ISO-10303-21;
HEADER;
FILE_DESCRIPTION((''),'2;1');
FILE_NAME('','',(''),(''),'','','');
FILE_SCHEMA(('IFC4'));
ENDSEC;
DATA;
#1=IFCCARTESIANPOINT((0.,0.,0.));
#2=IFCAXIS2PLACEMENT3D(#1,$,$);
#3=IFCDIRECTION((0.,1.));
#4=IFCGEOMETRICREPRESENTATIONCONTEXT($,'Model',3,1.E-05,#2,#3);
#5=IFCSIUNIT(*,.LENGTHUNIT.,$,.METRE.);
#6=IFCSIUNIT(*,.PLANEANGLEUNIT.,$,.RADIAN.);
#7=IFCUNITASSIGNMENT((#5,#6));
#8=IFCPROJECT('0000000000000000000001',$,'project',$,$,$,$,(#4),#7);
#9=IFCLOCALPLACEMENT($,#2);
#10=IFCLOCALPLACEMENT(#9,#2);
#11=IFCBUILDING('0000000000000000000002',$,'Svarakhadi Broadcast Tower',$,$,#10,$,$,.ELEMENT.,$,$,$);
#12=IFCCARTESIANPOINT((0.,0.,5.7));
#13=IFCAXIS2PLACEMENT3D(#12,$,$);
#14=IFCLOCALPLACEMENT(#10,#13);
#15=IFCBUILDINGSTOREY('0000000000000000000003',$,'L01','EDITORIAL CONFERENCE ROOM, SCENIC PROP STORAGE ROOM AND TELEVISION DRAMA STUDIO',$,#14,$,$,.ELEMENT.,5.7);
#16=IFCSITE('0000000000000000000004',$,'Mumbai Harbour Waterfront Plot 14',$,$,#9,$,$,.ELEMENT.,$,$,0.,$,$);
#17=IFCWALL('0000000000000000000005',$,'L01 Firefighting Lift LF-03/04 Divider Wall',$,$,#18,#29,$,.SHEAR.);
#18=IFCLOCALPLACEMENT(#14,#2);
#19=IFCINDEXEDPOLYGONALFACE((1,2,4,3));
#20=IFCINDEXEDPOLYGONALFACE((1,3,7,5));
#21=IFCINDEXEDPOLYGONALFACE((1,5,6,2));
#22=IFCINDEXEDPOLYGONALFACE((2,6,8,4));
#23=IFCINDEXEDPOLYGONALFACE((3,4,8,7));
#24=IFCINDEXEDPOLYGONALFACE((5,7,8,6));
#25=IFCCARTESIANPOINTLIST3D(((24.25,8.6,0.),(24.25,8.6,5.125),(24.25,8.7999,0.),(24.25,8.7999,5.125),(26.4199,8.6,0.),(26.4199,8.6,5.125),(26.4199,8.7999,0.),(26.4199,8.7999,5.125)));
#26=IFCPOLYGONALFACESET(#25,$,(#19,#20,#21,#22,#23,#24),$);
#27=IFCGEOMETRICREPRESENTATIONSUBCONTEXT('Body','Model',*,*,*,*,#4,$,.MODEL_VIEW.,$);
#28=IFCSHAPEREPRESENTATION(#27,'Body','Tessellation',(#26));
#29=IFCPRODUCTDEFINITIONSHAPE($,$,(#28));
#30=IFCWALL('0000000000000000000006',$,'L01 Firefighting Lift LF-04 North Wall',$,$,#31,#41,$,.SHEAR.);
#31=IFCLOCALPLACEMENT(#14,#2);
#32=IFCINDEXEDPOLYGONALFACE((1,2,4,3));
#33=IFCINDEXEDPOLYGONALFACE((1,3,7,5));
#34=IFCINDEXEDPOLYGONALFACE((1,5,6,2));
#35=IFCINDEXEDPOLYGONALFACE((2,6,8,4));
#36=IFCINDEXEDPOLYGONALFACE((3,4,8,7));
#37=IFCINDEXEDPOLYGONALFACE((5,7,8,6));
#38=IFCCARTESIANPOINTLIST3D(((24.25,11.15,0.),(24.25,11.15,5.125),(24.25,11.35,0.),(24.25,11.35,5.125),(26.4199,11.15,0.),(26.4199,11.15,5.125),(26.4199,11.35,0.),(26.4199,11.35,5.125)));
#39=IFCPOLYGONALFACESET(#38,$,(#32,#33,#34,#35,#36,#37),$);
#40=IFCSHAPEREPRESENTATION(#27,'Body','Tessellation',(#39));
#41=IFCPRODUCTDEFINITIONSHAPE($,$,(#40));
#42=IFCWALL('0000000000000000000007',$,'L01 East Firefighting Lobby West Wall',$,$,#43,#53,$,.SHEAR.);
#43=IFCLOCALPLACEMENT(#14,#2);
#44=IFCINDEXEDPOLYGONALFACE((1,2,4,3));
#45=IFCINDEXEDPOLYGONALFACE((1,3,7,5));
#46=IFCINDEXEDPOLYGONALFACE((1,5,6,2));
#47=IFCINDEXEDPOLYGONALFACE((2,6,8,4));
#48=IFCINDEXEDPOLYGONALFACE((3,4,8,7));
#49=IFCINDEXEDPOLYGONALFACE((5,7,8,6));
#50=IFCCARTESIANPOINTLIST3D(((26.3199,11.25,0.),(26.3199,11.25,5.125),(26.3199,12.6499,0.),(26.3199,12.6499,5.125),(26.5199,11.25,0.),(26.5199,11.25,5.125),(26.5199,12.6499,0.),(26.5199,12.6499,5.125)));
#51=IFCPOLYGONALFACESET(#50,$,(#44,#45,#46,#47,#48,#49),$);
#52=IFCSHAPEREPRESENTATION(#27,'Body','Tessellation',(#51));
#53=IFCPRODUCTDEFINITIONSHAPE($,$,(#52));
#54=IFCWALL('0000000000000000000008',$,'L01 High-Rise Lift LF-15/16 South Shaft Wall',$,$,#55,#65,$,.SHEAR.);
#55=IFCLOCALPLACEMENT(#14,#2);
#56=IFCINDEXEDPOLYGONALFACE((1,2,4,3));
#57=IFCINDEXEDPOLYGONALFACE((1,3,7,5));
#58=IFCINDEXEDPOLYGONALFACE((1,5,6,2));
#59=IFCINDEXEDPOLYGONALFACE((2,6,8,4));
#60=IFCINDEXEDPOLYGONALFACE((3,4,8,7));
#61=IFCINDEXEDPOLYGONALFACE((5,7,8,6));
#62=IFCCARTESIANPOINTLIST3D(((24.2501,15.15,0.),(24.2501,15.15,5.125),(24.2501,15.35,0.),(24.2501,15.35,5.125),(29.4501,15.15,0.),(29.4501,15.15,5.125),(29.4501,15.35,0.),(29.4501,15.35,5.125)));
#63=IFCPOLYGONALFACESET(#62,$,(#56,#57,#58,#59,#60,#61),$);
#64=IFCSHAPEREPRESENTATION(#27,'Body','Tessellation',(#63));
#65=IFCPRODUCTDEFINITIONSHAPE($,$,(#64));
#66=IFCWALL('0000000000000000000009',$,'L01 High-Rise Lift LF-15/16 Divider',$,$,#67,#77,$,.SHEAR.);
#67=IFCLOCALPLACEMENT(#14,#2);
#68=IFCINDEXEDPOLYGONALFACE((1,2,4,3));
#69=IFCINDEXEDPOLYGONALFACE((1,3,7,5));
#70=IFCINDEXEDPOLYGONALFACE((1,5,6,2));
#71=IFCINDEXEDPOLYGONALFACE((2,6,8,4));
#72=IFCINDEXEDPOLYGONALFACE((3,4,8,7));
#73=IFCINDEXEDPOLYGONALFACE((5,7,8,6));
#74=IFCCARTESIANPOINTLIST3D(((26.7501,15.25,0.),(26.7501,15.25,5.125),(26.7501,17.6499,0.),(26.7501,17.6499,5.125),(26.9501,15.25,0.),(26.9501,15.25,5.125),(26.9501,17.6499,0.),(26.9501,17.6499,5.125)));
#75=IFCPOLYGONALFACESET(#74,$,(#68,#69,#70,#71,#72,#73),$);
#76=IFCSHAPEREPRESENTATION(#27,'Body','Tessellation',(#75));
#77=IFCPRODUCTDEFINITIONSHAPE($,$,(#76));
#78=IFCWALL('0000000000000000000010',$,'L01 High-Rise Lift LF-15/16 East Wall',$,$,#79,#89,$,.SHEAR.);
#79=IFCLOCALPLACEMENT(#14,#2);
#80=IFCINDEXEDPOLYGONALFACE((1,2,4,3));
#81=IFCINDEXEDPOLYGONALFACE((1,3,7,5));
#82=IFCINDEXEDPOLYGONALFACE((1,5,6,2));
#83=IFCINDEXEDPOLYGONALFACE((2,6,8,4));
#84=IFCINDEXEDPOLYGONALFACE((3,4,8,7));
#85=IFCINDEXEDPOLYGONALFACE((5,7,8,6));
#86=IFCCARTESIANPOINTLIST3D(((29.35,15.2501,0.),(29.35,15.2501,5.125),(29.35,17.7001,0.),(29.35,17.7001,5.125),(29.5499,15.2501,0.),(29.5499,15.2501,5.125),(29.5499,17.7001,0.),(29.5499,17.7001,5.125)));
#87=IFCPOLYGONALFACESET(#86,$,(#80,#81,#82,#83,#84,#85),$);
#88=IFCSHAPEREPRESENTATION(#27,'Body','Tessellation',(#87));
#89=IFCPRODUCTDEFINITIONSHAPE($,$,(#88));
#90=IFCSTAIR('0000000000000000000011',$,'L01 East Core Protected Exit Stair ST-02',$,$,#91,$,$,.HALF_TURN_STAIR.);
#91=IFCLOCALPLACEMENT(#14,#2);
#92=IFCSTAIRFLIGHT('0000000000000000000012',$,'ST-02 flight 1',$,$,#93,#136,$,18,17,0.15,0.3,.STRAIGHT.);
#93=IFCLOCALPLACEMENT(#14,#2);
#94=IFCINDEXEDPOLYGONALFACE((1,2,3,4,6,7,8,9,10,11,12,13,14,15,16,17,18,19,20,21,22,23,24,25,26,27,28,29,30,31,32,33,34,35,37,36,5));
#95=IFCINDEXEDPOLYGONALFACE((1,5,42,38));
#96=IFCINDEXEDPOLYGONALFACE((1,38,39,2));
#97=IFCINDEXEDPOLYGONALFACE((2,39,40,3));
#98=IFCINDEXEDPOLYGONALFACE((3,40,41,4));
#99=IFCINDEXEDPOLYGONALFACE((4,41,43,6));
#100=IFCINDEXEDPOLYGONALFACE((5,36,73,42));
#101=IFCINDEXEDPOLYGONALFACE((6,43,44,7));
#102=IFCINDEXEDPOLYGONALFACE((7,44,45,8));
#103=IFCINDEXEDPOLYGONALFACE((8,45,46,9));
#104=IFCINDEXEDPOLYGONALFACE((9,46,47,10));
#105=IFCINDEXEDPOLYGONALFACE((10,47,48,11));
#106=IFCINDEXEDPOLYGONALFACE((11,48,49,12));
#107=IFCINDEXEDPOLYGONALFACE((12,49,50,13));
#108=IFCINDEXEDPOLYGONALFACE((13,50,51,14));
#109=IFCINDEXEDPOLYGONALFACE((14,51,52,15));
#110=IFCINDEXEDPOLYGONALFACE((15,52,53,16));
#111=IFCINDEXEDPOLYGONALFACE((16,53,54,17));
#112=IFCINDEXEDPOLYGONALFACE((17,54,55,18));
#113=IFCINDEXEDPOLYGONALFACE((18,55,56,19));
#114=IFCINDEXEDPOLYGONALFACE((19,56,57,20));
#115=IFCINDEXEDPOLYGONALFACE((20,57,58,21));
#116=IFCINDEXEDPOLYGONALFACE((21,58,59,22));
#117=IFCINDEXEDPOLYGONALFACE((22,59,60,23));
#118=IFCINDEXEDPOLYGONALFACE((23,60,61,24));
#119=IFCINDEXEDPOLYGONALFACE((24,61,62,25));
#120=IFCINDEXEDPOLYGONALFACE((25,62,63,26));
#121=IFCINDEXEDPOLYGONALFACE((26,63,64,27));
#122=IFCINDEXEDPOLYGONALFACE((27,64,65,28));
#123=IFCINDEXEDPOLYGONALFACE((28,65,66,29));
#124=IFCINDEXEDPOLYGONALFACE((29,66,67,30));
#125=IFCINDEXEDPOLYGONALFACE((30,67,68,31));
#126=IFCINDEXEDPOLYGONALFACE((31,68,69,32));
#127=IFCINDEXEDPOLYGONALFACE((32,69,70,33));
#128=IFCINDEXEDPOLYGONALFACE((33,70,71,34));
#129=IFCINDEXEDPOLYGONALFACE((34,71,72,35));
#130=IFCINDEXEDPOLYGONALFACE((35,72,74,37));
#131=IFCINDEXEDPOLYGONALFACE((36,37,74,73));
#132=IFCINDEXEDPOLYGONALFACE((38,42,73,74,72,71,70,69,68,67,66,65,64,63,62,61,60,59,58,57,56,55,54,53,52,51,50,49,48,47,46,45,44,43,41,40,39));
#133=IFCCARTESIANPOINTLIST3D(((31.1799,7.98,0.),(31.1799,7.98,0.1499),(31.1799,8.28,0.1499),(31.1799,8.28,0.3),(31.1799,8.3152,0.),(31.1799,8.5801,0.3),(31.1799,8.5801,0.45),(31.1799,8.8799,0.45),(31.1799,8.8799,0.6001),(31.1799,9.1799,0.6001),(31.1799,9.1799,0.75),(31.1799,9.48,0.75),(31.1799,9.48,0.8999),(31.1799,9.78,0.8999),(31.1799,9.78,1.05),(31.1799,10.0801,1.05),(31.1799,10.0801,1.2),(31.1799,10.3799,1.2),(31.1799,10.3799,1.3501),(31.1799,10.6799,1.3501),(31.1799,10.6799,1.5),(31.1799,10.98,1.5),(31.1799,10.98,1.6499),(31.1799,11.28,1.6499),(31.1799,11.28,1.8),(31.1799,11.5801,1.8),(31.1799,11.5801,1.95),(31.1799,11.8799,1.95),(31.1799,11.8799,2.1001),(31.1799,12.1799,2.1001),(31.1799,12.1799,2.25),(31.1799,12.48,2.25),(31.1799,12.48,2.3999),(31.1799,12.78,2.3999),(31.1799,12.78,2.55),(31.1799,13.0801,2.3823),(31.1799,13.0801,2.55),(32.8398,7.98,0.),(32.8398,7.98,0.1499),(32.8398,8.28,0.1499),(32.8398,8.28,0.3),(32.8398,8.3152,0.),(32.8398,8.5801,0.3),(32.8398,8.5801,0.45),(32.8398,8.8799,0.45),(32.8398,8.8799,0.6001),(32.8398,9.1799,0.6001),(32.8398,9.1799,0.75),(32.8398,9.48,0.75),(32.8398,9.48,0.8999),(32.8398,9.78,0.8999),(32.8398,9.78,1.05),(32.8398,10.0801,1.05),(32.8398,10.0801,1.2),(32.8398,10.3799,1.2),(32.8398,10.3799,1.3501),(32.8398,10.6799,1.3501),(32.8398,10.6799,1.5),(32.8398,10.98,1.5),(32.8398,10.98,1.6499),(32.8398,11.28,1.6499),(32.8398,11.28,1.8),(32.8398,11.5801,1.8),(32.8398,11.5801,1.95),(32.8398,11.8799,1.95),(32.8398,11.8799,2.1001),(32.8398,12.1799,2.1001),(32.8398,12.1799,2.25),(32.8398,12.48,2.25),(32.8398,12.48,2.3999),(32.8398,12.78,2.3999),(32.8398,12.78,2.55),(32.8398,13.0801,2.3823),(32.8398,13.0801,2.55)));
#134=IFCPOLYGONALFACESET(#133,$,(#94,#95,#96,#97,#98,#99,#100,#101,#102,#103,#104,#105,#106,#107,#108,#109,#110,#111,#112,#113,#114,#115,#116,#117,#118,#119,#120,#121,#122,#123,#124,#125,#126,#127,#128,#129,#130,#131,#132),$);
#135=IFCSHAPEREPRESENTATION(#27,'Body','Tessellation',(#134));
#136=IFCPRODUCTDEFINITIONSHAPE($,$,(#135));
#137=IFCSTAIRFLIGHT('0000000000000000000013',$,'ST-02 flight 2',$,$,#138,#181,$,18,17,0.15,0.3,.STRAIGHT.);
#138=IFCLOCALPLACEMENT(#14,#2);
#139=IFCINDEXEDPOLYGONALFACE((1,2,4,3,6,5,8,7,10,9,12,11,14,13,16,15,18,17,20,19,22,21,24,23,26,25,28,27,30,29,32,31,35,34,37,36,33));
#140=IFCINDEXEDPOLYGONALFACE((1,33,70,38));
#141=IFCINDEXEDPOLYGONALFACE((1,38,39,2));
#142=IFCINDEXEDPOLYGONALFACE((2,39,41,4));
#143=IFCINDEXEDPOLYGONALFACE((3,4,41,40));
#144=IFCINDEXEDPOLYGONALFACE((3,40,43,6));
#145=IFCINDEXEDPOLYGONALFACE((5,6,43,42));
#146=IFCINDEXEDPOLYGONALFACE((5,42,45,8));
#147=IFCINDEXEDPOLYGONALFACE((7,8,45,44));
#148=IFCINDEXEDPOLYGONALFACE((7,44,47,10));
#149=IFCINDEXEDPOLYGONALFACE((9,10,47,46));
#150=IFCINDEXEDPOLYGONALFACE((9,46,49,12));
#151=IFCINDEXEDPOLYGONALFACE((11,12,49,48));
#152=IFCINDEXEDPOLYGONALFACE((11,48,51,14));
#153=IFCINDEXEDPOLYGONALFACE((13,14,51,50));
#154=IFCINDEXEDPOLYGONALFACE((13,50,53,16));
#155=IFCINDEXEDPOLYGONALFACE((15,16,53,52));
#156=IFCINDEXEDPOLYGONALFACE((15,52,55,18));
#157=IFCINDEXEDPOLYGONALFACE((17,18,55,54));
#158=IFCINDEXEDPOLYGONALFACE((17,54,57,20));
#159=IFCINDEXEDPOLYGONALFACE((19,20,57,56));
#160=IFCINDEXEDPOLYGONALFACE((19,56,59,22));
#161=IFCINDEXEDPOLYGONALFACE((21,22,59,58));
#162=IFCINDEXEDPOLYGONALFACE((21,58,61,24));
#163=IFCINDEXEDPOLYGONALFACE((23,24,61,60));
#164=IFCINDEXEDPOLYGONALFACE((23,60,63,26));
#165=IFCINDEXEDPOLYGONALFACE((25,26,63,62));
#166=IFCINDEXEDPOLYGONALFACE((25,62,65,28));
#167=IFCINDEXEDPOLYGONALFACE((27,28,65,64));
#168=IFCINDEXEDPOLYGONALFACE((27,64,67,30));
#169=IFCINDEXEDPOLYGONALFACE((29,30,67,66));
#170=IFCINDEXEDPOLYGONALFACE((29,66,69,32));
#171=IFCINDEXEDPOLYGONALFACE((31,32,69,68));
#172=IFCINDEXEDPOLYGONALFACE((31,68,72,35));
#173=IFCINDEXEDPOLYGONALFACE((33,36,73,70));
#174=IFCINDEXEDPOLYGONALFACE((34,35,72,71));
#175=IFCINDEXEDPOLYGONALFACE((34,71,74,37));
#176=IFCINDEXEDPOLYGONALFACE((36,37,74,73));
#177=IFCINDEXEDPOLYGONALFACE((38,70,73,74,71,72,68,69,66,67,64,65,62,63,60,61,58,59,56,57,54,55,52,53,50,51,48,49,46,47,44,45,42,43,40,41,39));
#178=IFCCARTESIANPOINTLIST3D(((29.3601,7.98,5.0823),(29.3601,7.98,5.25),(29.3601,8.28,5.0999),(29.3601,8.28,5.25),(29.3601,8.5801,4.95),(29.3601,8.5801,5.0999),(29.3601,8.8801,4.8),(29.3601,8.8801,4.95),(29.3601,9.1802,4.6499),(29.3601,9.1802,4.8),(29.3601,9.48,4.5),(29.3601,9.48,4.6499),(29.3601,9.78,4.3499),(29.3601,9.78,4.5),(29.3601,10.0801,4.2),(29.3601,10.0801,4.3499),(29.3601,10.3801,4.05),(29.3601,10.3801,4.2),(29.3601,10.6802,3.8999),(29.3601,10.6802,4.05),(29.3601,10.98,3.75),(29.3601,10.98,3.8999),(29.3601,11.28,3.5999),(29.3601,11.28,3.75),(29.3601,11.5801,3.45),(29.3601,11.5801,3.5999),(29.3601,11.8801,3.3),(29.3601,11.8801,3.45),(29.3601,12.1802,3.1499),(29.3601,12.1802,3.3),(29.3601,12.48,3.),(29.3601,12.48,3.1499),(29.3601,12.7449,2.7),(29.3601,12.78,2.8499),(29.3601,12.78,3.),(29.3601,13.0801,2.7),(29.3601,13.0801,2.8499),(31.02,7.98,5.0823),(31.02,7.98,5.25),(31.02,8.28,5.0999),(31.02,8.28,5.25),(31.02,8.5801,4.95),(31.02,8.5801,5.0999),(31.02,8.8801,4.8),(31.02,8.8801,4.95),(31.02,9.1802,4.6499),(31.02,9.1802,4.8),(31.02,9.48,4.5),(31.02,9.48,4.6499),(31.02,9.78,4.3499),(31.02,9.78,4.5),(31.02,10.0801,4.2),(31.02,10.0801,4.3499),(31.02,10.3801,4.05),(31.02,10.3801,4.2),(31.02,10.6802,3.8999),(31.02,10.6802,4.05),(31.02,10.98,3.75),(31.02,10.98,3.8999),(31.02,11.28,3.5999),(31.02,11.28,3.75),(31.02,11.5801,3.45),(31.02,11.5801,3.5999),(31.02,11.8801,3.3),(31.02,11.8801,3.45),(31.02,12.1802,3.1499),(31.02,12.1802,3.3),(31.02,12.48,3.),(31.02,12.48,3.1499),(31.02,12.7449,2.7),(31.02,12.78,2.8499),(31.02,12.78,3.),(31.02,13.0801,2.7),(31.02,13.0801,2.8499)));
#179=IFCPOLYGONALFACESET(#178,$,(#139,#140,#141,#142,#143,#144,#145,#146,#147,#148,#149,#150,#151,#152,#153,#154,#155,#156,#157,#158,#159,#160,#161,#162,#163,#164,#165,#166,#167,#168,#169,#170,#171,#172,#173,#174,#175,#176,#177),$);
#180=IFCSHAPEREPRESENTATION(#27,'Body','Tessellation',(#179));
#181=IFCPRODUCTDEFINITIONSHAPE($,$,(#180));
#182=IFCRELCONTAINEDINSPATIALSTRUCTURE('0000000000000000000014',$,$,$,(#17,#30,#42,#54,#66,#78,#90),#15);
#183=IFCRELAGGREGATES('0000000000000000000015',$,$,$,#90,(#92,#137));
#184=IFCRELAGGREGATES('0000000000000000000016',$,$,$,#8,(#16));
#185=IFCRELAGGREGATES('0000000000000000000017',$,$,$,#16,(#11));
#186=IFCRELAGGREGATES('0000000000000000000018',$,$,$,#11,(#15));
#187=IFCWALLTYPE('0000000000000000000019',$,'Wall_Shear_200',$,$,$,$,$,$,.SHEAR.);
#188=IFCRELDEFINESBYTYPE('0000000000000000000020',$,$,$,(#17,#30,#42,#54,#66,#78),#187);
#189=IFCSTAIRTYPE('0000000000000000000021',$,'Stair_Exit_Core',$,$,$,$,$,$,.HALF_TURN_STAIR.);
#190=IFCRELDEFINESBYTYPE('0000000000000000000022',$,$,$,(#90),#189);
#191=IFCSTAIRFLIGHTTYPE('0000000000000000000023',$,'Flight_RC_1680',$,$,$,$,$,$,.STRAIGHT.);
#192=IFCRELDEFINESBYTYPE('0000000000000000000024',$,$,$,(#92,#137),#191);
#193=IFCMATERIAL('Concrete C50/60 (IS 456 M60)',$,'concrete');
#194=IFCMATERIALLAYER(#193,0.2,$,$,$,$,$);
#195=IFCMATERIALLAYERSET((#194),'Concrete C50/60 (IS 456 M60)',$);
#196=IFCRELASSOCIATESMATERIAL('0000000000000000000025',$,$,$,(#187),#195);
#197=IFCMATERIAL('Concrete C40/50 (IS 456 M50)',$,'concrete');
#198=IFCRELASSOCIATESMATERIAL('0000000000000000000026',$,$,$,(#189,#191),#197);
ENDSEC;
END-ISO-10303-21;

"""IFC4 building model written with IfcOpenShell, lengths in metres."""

from ifc_helpers import new_model, si_unit, direction, frame, frame_2d, origin, place, context, subcontext, project, spatial, polyline, rectangle, outline, extrude, material, layer, layer_set, type_object, element, aggregate, save


model = new_model("IFC4")

# Units and contexts
model_context = context("Model", 3, precision=1e-05, world=origin(), true_north=direction((0.0, 1.0)))
body_context = subcontext(model_context, "Body", "Model", "MODEL_VIEW")
ifc_project = project(units=[si_unit("LENGTHUNIT", "METRE"), si_unit("PLANEANGLEUNIT", "RADIAN")], contexts=[model_context])

# Site, building, storey
site_placement = place(None, origin())
site = spatial("IfcSite", under=ifc_project, at=site_placement, Name="Mumbai Harbour Waterfront Plot 14", CompositionType="ELEMENT", RefElevation=0.0)
building_placement = place(site_placement, origin())
building = spatial("IfcBuilding", under=site, at=building_placement, Name="Svarakhadi Broadcast Tower", CompositionType="ELEMENT")
storey_placement = place(building_placement, frame((0.0, 0.0, 5.7)))
storey = spatial("IfcBuildingStorey", under=building, at=storey_placement, Name="L01", Description="EDITORIAL CONFERENCE ROOM, SCENIC PROP STORAGE ROOM AND TELEVISION DRAMA STUDIO", CompositionType="ELEMENT", Elevation=5.7)

# Shared definitions
ifc_material_1 = material(Name="Concrete C50/60 (IS 456 M60)", Category="concrete")

# Shared definitions
ifc_material_2 = material(Name="Concrete C40/50 (IS 456 M50)", Category="concrete")

# Walls
ifc_layer_1 = layer(ifc_material_1, 0.2)
ifc_layer_set_1 = layer_set([ifc_layer_1], Name="Concrete C50/60 (IS 456 M60)")
wall_type_1 = type_object("IfcWallType", Name="Wall_Shear_200", PredefinedType="SHEAR", material=ifc_layer_set_1)
for number, where, z_axis, x_axis, name in (
    (1, (24.25, 8.7, 0.0), (0.0, 0.0, 1.0), (1.0, 0.0, 0.0), "L01 Firefighting Lift LF-03/04 Divider Wall"),
    (2, (24.25, 11.25, 0.0), (0.0, 0.0, 1.0), (1.0, 0.0, 0.0), "L01 Firefighting Lift LF-04 North Wall"),
):
    element("IfcWall", number, at=place(storey_placement, frame(where, z_axis=z_axis, x_axis=x_axis)), inside=storey, type_object=wall_type_1, Name=name, PredefinedType="SHEAR", context=body_context, shape_type="SweptSolid", body=[
        extrude(rectangle(XDim=2.1699, YDim=0.2, at=frame_2d((1.085, 0.0))), origin(), (0.0, 0.0, 1.0), 5.125),
    ])
wall_1_placement = place(storey_placement, frame((26.4199, 11.25, 0.0), z_axis=(0.0, 0.0, 1.0), x_axis=(0.0, 1.0, 0.0)))
element("IfcWall", 3, at=wall_1_placement, inside=storey, type_object=wall_type_1, Name="L01 East Firefighting Lobby West Wall", PredefinedType="SHEAR", context=body_context, shape_type="SweptSolid", body=[
    extrude(rectangle(XDim=1.3999, YDim=0.2, at=frame_2d((0.7, 0.0))), origin(), (0.0, 0.0, 1.0), 5.125),
])

# Walls
wall_2_placement = place(storey_placement, frame((24.25, 15.25, 0.0), z_axis=(0.0, 0.0, 1.0), x_axis=(1.0, 0.0, 0.0)))
element("IfcWall", 4, at=wall_2_placement, inside=storey, type_object=wall_type_1, Name="L01 High-Rise Lift LF-15/16 South Shaft Wall", PredefinedType="SHEAR", context=body_context, shape_type="SweptSolid", body=[
    extrude(rectangle(XDim=5.2, YDim=0.2, at=frame_2d((2.6001, 0.0))), origin(), (0.0, 0.0, 1.0), 5.125),
])
wall_3_placement = place(storey_placement, frame((26.8501, 15.25, 0.0), z_axis=(0.0, 0.0, 1.0), x_axis=(0.0, 1.0, 0.0)))
element("IfcWall", 5, at=wall_3_placement, inside=storey, type_object=wall_type_1, Name="L01 High-Rise Lift LF-15/16 Divider", PredefinedType="SHEAR", context=body_context, shape_type="SweptSolid", body=[
    extrude(rectangle(XDim=2.3999, YDim=0.2, at=frame_2d((1.2, 0.0))), origin(), (0.0, 0.0, 1.0), 5.125),
])
wall_4_placement = place(storey_placement, frame((29.45, 15.25, 0.0), z_axis=(0.0, 0.0, 1.0), x_axis=(0.0, 1.0, 0.0)))
element("IfcWall", 6, at=wall_4_placement, inside=storey, type_object=wall_type_1, Name="L01 High-Rise Lift LF-15/16 East Wall", PredefinedType="SHEAR", context=body_context, shape_type="SweptSolid", body=[
    extrude(rectangle(XDim=2.45, YDim=0.2, at=frame_2d((1.2251, 0.0))), origin(), (0.0, 0.0, 1.0), 5.125),
])

# Stair, stair flights
stair_type = type_object("IfcStairType", Name="Stair_Exit_Core", PredefinedType="HALF_TURN_STAIR", material=ifc_material_2)
stair_placement = place(storey_placement, origin())
stair = element("IfcStair", 7, at=stair_placement, inside=storey, type_object=stair_type, Name="L01 East Core Protected Exit Stair ST-02", PredefinedType="HALF_TURN_STAIR")
stair_flight_type = type_object("IfcStairFlightType", Name="Flight_RC_1680", PredefinedType="STRAIGHT", material=ifc_material_2)
stair_flight_1_placement = place(storey_placement, frame((32.01, 7.98, 0.0), z_axis=(0.0, 0.0, 1.0), x_axis=(0.0, 1.0, 0.0)))
stair_flight_1 = element("IfcStairFlight", 8, at=stair_flight_1_placement, type_object=stair_flight_type, Name="ST-02 flight 1", NumberOfRisers=18, NumberOfTreads=17, PredefinedType="STRAIGHT", RiserHeight=0.15, TreadLength=0.3, context=body_context, shape_type="SweptSolid", body=[
    extrude(outline(polyline([(0.0, 0.0), (0.0, 0.1499), (0.3, 0.1499), (0.3, 0.3), (0.6001, 0.3), (0.6001, 0.45), (0.8999, 0.45), (0.8999, 0.6001), (1.2, 0.6001), (1.2, 0.75), (1.5, 0.75), (1.5, 0.8999), (1.8, 0.8999), (1.8, 1.05), (2.1001, 1.05), (2.1001, 1.2), (2.3999, 1.2), (2.3999, 1.3501), (2.7, 1.3501), (2.7, 1.5), (3.0, 1.5), (3.0, 1.6499), (3.3, 1.6499), (3.3, 1.8), (3.6001, 1.8), (3.6001, 1.95), (3.8999, 1.95), (3.8999, 2.1001), (4.2, 2.1001), (4.2, 2.25), (4.5, 2.25), (4.5, 2.3999), (4.8, 2.3999), (4.8, 2.55), (5.1001, 2.55), (5.1001, 2.7), (5.1001, 2.3823), (0.3352, 0.0), (0.0, 0.0)])), frame((0.0, 0.8301, 0.0), z_axis=(0.0, -1.0, 0.0), x_axis=(1.0, 0.0, 0.0)), (0.0, 0.0, 1.0), 1.6599),
])
stair_flight_2_placement = place(storey_placement, frame((30.1899, 13.0801, 2.7), z_axis=(0.0, 0.0, 1.0), x_axis=(0.0, -1.0, 0.0)))
stair_flight_2 = element("IfcStairFlight", 9, at=stair_flight_2_placement, type_object=stair_flight_type, Name="ST-02 flight 2", NumberOfRisers=18, NumberOfTreads=17, PredefinedType="STRAIGHT", RiserHeight=0.15, TreadLength=0.3, context=body_context, shape_type="SweptSolid", body=[
    extrude(outline(polyline([(0.0, 0.0), (0.0, 0.1499), (0.3, 0.1499), (0.3, 0.3), (0.6001, 0.3), (0.6001, 0.45), (0.8999, 0.45), (0.8999, 0.6001), (1.2, 0.6001), (1.2, 0.75), (1.5, 0.75), (1.5, 0.8999), (1.8, 0.8999), (1.8, 1.05), (2.1001, 1.05), (2.1001, 1.2), (2.3999, 1.2), (2.3999, 1.3501), (2.7, 1.3501), (2.7, 1.5), (3.0, 1.5), (3.0, 1.6499), (3.3, 1.6499), (3.3, 1.8), (3.6001, 1.8), (3.6001, 1.95), (3.8999, 1.95), (3.8999, 2.1001), (4.2, 2.1001), (4.2, 2.25), (4.5, 2.25), (4.5, 2.3999), (4.8, 2.3999), (4.8, 2.55), (5.1001, 2.55), (5.1001, 2.7), (5.1001, 2.3823), (0.3352, 0.0), (0.0, 0.0)])), frame((0.0, 0.8301, 0.0), z_axis=(0.0, -1.0, 0.0), x_axis=(1.0, 0.0, 0.0)), (0.0, 0.0, 1.0), 1.6599),
])
aggregate(stair, [stair_flight_1, stair_flight_2])

save(model, "model.ifc")
